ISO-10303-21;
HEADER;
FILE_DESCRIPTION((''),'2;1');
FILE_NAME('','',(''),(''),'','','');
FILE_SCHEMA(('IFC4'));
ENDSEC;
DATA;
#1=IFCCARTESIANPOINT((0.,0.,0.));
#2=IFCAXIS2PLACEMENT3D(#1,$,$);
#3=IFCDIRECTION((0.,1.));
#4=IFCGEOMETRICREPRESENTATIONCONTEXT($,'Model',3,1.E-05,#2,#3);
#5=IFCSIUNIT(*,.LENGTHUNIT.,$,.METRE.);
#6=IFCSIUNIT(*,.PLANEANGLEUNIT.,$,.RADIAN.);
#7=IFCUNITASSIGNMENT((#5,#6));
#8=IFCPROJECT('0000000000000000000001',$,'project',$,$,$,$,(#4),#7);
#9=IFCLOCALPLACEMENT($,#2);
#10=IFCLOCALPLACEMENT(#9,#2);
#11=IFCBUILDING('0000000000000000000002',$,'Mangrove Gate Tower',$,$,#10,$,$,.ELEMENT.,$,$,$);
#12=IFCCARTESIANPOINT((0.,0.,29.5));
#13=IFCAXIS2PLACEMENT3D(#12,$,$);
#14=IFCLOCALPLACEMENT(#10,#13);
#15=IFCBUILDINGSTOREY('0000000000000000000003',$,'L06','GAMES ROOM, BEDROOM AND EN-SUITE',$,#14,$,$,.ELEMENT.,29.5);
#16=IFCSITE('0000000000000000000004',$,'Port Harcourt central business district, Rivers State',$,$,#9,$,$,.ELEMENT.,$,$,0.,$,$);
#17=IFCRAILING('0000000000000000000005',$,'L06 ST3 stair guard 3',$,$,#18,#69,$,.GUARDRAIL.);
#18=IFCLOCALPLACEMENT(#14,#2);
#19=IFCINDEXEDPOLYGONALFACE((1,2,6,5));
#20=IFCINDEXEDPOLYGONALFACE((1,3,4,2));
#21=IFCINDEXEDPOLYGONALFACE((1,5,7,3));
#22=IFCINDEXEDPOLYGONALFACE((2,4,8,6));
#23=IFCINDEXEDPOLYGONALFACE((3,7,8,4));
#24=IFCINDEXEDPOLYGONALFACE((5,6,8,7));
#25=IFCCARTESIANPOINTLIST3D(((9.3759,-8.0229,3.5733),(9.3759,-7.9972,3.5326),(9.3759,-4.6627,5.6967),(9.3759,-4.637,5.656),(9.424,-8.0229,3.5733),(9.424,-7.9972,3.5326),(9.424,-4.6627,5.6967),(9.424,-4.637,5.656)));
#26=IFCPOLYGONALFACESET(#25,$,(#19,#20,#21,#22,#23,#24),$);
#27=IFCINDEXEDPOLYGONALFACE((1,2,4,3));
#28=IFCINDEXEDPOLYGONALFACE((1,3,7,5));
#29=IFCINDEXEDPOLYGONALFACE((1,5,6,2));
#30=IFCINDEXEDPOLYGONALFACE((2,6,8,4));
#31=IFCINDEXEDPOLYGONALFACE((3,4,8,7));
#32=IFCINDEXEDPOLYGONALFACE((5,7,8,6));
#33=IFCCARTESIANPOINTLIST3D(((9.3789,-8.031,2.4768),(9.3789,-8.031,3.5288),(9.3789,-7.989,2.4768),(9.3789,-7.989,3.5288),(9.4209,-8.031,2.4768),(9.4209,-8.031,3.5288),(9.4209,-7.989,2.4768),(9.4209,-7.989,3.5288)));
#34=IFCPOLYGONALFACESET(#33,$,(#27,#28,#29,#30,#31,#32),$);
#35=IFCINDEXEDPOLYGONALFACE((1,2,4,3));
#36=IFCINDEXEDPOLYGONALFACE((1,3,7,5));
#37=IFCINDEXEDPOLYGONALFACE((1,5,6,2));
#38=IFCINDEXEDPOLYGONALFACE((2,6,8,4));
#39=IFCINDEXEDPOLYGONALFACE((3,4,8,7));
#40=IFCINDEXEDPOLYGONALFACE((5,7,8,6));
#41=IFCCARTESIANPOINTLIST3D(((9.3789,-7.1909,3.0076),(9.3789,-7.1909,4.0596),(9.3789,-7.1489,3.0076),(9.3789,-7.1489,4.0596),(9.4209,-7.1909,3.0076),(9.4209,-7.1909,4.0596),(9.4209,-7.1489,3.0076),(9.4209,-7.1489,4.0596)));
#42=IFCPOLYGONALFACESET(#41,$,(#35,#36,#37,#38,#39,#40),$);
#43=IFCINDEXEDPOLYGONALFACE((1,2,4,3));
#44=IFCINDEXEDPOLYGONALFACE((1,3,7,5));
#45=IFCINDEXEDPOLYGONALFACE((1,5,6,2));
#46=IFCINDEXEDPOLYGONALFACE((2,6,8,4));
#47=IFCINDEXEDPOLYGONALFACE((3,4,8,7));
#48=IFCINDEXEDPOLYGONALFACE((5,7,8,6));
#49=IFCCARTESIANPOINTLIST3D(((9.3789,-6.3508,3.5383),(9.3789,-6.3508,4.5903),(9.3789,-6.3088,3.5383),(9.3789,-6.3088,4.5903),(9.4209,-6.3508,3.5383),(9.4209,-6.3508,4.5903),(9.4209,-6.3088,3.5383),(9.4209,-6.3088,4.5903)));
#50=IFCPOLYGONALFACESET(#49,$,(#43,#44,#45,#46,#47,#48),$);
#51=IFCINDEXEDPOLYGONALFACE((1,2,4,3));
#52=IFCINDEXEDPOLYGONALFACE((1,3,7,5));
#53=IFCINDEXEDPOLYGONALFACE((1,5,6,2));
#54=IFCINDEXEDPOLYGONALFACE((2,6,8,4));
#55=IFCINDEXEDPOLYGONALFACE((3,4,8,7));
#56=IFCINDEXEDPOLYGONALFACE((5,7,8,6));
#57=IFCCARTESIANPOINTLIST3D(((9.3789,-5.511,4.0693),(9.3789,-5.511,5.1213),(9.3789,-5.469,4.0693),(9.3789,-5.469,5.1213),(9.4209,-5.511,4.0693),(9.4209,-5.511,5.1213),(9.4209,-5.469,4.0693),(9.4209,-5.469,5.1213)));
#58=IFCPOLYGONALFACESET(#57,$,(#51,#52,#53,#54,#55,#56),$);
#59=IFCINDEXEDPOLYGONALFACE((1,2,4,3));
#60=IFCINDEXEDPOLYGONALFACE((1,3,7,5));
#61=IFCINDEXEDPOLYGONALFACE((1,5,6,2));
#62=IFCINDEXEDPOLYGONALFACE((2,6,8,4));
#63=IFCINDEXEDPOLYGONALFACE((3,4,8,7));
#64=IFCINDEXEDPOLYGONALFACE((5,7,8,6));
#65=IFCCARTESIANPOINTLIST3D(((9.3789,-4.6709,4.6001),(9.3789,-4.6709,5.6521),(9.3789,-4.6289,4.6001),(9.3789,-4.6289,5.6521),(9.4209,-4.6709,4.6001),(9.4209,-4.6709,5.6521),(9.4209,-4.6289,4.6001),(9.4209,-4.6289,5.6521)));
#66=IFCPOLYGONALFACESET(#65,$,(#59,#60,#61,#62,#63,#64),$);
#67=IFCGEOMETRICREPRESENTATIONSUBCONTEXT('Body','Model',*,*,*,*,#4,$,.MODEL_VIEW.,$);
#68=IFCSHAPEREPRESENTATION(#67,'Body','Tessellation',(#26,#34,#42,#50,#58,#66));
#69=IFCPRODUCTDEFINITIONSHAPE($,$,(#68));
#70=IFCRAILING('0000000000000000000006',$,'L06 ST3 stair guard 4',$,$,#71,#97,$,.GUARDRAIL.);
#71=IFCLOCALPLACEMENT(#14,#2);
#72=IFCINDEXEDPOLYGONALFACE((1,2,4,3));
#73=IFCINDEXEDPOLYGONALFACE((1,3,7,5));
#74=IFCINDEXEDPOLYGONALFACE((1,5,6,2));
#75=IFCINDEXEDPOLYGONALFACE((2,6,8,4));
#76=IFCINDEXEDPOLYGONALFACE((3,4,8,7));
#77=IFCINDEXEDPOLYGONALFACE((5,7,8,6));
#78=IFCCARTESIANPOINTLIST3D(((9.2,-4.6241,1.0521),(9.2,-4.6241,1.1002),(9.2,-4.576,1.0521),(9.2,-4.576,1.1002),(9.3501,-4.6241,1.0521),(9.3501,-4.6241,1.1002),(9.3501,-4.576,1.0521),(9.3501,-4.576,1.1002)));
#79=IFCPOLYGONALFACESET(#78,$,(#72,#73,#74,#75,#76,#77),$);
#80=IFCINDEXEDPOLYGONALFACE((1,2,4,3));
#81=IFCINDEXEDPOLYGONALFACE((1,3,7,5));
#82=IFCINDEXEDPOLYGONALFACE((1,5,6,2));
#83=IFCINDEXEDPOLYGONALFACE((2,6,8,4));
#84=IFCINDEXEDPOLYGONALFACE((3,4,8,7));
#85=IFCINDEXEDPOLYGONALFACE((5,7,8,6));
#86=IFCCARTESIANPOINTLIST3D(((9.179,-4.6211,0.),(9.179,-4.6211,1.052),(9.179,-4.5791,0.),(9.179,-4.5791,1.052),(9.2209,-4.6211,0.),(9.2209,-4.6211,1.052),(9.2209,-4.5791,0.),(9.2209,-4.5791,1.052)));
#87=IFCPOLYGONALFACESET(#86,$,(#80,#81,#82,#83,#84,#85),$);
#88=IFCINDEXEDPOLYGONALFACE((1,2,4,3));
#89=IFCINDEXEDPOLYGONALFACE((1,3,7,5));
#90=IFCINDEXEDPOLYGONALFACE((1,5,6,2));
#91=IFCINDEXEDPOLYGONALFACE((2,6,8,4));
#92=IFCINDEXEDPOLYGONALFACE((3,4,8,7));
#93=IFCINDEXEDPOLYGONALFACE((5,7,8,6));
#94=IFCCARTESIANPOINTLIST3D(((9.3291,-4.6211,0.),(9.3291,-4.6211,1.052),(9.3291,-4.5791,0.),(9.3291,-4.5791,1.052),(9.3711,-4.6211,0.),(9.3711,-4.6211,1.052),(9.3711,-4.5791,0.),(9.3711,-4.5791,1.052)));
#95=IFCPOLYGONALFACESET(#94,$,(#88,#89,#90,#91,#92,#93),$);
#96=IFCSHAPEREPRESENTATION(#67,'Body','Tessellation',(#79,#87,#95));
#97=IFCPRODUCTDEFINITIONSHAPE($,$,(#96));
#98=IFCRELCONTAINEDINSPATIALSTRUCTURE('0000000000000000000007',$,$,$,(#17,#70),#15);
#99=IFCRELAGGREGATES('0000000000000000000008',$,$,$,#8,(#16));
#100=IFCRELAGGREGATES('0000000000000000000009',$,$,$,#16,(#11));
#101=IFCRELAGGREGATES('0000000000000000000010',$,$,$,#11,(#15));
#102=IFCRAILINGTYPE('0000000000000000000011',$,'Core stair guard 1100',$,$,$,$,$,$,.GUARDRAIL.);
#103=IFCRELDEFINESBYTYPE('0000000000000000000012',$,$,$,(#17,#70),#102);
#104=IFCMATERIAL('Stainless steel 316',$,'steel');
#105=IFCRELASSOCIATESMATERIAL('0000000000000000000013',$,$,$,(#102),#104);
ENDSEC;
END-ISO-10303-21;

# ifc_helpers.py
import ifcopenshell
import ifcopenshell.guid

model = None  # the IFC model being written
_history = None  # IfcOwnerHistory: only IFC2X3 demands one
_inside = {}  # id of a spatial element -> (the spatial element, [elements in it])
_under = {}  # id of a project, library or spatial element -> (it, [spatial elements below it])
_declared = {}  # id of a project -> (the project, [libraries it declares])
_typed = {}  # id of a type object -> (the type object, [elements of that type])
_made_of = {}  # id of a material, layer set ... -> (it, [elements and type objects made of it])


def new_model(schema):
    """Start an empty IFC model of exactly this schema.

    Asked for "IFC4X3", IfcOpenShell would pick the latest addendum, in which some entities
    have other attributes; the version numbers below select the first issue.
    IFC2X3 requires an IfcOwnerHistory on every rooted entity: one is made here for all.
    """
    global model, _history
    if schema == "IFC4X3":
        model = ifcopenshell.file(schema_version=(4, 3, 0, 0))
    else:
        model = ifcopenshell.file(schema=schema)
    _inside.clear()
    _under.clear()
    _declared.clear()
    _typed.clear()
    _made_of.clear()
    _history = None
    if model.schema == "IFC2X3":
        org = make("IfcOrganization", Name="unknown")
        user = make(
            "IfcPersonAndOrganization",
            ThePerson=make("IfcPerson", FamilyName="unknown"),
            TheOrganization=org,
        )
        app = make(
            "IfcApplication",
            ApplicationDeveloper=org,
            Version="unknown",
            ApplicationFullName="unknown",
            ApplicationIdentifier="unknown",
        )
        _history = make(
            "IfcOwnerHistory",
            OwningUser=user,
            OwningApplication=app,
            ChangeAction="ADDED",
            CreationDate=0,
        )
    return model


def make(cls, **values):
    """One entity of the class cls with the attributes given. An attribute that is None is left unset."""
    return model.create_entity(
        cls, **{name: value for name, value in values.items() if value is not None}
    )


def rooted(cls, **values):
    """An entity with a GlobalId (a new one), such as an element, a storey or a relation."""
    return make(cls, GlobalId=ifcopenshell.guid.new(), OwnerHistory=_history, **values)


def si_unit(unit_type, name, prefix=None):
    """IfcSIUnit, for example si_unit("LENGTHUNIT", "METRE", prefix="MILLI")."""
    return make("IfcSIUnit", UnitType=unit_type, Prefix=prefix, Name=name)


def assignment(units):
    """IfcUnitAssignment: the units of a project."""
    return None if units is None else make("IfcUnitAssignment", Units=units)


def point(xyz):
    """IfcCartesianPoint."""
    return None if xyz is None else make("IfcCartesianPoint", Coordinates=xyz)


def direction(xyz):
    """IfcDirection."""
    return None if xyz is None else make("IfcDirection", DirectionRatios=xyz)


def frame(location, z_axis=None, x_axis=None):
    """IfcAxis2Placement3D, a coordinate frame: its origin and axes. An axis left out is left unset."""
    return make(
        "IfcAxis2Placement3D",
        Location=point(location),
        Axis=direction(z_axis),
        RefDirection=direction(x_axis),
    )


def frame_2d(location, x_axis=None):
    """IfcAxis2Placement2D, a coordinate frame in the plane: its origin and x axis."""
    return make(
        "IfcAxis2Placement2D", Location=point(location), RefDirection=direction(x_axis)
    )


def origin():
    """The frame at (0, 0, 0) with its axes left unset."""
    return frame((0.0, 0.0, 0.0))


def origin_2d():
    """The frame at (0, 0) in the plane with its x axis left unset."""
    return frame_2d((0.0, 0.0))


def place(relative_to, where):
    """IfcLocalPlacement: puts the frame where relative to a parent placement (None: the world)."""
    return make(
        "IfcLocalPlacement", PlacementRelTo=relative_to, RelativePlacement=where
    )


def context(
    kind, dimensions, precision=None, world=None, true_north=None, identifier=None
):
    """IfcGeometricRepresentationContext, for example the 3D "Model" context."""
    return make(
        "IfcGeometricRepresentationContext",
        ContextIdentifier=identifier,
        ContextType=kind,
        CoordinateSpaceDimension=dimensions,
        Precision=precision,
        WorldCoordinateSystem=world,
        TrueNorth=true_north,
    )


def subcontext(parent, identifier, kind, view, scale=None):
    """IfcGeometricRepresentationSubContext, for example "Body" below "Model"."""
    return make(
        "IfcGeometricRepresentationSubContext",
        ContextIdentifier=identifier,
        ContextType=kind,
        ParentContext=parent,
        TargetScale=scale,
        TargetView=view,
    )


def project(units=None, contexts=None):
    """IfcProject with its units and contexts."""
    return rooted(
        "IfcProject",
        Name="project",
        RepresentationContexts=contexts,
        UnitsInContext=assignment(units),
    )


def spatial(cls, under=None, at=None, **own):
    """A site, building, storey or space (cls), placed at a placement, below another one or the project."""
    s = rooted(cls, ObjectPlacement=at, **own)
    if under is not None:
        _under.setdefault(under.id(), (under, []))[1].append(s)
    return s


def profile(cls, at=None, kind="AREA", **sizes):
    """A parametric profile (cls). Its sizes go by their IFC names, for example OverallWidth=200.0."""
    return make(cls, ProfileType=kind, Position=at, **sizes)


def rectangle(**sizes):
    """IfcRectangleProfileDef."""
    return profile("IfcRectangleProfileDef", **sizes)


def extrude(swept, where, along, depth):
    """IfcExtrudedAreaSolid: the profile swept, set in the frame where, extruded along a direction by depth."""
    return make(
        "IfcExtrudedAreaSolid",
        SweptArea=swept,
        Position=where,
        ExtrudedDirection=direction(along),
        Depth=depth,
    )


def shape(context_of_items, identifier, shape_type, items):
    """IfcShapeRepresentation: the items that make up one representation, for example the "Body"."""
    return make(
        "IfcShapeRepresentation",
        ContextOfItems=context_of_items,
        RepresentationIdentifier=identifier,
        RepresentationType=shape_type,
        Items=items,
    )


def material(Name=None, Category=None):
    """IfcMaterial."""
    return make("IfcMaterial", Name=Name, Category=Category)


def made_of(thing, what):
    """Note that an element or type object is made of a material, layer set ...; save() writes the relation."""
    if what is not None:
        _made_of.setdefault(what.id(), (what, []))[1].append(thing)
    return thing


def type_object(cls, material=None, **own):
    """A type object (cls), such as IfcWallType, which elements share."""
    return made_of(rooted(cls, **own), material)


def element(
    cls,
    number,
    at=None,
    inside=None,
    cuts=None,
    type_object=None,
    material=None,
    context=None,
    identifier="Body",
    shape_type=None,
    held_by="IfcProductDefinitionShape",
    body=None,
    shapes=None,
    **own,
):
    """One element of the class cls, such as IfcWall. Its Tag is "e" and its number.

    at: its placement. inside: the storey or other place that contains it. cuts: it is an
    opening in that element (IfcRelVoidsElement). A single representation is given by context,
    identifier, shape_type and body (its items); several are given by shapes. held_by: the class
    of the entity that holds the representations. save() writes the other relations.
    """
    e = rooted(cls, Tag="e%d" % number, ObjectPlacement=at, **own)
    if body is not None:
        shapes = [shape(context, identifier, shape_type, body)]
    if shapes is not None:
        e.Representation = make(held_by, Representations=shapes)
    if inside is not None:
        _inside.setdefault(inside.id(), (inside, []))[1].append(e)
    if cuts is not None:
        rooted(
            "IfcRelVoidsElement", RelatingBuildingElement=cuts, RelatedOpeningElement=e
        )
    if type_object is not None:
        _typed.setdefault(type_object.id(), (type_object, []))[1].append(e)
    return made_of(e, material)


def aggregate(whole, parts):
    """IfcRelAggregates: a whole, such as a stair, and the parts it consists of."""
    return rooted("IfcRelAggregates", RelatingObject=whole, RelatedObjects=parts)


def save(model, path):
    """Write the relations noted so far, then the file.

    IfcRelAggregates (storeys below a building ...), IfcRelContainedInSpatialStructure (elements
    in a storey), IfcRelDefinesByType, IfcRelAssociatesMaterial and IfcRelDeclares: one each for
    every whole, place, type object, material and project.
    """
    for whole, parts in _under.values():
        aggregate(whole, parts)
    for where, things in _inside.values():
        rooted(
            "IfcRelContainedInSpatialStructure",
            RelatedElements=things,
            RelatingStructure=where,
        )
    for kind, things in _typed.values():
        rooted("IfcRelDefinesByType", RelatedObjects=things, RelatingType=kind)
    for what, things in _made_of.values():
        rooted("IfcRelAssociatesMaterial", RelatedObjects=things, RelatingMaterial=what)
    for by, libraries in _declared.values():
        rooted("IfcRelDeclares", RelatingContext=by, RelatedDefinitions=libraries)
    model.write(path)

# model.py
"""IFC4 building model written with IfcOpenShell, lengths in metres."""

from ifc_helpers import new_model, si_unit, direction, frame, origin, origin_2d, place, context, subcontext, project, spatial, rectangle, extrude, material, type_object, element, save


model = new_model("IFC4")

# Units and contexts
model_context = context("Model", 3, precision=1e-05, world=origin(), true_north=direction((0.0, 1.0)))
body_context = subcontext(model_context, "Body", "Model", "MODEL_VIEW")
ifc_project = project(units=[si_unit("LENGTHUNIT", "METRE"), si_unit("PLANEANGLEUNIT", "RADIAN")], contexts=[model_context])

# Site, building, storey
site_placement = place(None, origin())
site = spatial("IfcSite", under=ifc_project, at=site_placement, Name="Port Harcourt central business district, Rivers State", CompositionType="ELEMENT", RefElevation=0.0)
building_placement = place(site_placement, origin())
building = spatial("IfcBuilding", under=site, at=building_placement, Name="Mangrove Gate Tower", CompositionType="ELEMENT")
storey_placement = place(building_placement, frame((0.0, 0.0, 29.5)))
storey = spatial("IfcBuildingStorey", under=building, at=storey_placement, Name="L06", Description="GAMES ROOM, BEDROOM AND EN-SUITE", CompositionType="ELEMENT", Elevation=29.5)

# Railings
ifc_material_1 = material(Name="Stainless steel 316", Category="steel")
railing_type_1 = type_object("IfcRailingType", Name="Core stair guard 1100", PredefinedType="GUARDRAIL", material=ifc_material_1)
railing_1_placement = place(storey_placement, frame((9.3999, -8.01, 2.4768)))
element("IfcRailing", 1, at=railing_1_placement, inside=storey, type_object=railing_type_1, Name="L06 ST3 stair guard 3", PredefinedType="GUARDRAIL", context=body_context, shape_type="SweptSolid", body=[
    extrude(rectangle(XDim=0.0481, YDim=0.0481, at=origin_2d()), frame((0.0, 0.0, 1.0762), z_axis=(0.0, 0.845362, 0.534194), x_axis=(-1.0, 0.0, 0.0)), (0.0, 0.0, 1.0), 3.9749),
    extrude(rectangle(XDim=0.042, YDim=0.042, at=origin_2d()), origin(), (0.0, 0.0, 1.0), 1.052),
    extrude(rectangle(XDim=0.042, YDim=0.042, at=origin_2d()), frame((0.0, 0.8401, 0.5308)), (0.0, 0.0, 1.0), 1.052),
    extrude(rectangle(XDim=0.042, YDim=0.042, at=origin_2d()), frame((0.0, 1.6802, 1.0615)), (0.0, 0.0, 1.0), 1.052),
    extrude(rectangle(XDim=0.042, YDim=0.042, at=origin_2d()), frame((0.0, 2.52, 1.5925)), (0.0, 0.0, 1.0), 1.052),
    extrude(rectangle(XDim=0.042, YDim=0.042, at=origin_2d()), frame((0.0, 3.3601, 2.1233)), (0.0, 0.0, 1.0), 1.052),
])
railing_2_placement = place(storey_placement, frame((9.2, -4.6001, 0.0)))
element("IfcRailing", 2, at=railing_2_placement, inside=storey, type_object=railing_type_1, Name="L06 ST3 stair guard 4", PredefinedType="GUARDRAIL", context=body_context, shape_type="SweptSolid", body=[
    extrude(rectangle(XDim=0.0481, YDim=0.0481, at=origin_2d()), frame((0.0, 0.0, 1.0762), z_axis=(1.0, 0.0, 0.0), x_axis=(0.0, 1.0, 0.0)), (0.0, 0.0, 1.0), 0.1501),
    extrude(rectangle(XDim=0.042, YDim=0.042, at=origin_2d()), origin(), (0.0, 0.0, 1.0), 1.052),
    extrude(rectangle(XDim=0.042, YDim=0.042, at=origin_2d()), frame((0.1501, 0.0, 0.0)), (0.0, 0.0, 1.0), 1.052),
])

save(model, "model.ifc")
